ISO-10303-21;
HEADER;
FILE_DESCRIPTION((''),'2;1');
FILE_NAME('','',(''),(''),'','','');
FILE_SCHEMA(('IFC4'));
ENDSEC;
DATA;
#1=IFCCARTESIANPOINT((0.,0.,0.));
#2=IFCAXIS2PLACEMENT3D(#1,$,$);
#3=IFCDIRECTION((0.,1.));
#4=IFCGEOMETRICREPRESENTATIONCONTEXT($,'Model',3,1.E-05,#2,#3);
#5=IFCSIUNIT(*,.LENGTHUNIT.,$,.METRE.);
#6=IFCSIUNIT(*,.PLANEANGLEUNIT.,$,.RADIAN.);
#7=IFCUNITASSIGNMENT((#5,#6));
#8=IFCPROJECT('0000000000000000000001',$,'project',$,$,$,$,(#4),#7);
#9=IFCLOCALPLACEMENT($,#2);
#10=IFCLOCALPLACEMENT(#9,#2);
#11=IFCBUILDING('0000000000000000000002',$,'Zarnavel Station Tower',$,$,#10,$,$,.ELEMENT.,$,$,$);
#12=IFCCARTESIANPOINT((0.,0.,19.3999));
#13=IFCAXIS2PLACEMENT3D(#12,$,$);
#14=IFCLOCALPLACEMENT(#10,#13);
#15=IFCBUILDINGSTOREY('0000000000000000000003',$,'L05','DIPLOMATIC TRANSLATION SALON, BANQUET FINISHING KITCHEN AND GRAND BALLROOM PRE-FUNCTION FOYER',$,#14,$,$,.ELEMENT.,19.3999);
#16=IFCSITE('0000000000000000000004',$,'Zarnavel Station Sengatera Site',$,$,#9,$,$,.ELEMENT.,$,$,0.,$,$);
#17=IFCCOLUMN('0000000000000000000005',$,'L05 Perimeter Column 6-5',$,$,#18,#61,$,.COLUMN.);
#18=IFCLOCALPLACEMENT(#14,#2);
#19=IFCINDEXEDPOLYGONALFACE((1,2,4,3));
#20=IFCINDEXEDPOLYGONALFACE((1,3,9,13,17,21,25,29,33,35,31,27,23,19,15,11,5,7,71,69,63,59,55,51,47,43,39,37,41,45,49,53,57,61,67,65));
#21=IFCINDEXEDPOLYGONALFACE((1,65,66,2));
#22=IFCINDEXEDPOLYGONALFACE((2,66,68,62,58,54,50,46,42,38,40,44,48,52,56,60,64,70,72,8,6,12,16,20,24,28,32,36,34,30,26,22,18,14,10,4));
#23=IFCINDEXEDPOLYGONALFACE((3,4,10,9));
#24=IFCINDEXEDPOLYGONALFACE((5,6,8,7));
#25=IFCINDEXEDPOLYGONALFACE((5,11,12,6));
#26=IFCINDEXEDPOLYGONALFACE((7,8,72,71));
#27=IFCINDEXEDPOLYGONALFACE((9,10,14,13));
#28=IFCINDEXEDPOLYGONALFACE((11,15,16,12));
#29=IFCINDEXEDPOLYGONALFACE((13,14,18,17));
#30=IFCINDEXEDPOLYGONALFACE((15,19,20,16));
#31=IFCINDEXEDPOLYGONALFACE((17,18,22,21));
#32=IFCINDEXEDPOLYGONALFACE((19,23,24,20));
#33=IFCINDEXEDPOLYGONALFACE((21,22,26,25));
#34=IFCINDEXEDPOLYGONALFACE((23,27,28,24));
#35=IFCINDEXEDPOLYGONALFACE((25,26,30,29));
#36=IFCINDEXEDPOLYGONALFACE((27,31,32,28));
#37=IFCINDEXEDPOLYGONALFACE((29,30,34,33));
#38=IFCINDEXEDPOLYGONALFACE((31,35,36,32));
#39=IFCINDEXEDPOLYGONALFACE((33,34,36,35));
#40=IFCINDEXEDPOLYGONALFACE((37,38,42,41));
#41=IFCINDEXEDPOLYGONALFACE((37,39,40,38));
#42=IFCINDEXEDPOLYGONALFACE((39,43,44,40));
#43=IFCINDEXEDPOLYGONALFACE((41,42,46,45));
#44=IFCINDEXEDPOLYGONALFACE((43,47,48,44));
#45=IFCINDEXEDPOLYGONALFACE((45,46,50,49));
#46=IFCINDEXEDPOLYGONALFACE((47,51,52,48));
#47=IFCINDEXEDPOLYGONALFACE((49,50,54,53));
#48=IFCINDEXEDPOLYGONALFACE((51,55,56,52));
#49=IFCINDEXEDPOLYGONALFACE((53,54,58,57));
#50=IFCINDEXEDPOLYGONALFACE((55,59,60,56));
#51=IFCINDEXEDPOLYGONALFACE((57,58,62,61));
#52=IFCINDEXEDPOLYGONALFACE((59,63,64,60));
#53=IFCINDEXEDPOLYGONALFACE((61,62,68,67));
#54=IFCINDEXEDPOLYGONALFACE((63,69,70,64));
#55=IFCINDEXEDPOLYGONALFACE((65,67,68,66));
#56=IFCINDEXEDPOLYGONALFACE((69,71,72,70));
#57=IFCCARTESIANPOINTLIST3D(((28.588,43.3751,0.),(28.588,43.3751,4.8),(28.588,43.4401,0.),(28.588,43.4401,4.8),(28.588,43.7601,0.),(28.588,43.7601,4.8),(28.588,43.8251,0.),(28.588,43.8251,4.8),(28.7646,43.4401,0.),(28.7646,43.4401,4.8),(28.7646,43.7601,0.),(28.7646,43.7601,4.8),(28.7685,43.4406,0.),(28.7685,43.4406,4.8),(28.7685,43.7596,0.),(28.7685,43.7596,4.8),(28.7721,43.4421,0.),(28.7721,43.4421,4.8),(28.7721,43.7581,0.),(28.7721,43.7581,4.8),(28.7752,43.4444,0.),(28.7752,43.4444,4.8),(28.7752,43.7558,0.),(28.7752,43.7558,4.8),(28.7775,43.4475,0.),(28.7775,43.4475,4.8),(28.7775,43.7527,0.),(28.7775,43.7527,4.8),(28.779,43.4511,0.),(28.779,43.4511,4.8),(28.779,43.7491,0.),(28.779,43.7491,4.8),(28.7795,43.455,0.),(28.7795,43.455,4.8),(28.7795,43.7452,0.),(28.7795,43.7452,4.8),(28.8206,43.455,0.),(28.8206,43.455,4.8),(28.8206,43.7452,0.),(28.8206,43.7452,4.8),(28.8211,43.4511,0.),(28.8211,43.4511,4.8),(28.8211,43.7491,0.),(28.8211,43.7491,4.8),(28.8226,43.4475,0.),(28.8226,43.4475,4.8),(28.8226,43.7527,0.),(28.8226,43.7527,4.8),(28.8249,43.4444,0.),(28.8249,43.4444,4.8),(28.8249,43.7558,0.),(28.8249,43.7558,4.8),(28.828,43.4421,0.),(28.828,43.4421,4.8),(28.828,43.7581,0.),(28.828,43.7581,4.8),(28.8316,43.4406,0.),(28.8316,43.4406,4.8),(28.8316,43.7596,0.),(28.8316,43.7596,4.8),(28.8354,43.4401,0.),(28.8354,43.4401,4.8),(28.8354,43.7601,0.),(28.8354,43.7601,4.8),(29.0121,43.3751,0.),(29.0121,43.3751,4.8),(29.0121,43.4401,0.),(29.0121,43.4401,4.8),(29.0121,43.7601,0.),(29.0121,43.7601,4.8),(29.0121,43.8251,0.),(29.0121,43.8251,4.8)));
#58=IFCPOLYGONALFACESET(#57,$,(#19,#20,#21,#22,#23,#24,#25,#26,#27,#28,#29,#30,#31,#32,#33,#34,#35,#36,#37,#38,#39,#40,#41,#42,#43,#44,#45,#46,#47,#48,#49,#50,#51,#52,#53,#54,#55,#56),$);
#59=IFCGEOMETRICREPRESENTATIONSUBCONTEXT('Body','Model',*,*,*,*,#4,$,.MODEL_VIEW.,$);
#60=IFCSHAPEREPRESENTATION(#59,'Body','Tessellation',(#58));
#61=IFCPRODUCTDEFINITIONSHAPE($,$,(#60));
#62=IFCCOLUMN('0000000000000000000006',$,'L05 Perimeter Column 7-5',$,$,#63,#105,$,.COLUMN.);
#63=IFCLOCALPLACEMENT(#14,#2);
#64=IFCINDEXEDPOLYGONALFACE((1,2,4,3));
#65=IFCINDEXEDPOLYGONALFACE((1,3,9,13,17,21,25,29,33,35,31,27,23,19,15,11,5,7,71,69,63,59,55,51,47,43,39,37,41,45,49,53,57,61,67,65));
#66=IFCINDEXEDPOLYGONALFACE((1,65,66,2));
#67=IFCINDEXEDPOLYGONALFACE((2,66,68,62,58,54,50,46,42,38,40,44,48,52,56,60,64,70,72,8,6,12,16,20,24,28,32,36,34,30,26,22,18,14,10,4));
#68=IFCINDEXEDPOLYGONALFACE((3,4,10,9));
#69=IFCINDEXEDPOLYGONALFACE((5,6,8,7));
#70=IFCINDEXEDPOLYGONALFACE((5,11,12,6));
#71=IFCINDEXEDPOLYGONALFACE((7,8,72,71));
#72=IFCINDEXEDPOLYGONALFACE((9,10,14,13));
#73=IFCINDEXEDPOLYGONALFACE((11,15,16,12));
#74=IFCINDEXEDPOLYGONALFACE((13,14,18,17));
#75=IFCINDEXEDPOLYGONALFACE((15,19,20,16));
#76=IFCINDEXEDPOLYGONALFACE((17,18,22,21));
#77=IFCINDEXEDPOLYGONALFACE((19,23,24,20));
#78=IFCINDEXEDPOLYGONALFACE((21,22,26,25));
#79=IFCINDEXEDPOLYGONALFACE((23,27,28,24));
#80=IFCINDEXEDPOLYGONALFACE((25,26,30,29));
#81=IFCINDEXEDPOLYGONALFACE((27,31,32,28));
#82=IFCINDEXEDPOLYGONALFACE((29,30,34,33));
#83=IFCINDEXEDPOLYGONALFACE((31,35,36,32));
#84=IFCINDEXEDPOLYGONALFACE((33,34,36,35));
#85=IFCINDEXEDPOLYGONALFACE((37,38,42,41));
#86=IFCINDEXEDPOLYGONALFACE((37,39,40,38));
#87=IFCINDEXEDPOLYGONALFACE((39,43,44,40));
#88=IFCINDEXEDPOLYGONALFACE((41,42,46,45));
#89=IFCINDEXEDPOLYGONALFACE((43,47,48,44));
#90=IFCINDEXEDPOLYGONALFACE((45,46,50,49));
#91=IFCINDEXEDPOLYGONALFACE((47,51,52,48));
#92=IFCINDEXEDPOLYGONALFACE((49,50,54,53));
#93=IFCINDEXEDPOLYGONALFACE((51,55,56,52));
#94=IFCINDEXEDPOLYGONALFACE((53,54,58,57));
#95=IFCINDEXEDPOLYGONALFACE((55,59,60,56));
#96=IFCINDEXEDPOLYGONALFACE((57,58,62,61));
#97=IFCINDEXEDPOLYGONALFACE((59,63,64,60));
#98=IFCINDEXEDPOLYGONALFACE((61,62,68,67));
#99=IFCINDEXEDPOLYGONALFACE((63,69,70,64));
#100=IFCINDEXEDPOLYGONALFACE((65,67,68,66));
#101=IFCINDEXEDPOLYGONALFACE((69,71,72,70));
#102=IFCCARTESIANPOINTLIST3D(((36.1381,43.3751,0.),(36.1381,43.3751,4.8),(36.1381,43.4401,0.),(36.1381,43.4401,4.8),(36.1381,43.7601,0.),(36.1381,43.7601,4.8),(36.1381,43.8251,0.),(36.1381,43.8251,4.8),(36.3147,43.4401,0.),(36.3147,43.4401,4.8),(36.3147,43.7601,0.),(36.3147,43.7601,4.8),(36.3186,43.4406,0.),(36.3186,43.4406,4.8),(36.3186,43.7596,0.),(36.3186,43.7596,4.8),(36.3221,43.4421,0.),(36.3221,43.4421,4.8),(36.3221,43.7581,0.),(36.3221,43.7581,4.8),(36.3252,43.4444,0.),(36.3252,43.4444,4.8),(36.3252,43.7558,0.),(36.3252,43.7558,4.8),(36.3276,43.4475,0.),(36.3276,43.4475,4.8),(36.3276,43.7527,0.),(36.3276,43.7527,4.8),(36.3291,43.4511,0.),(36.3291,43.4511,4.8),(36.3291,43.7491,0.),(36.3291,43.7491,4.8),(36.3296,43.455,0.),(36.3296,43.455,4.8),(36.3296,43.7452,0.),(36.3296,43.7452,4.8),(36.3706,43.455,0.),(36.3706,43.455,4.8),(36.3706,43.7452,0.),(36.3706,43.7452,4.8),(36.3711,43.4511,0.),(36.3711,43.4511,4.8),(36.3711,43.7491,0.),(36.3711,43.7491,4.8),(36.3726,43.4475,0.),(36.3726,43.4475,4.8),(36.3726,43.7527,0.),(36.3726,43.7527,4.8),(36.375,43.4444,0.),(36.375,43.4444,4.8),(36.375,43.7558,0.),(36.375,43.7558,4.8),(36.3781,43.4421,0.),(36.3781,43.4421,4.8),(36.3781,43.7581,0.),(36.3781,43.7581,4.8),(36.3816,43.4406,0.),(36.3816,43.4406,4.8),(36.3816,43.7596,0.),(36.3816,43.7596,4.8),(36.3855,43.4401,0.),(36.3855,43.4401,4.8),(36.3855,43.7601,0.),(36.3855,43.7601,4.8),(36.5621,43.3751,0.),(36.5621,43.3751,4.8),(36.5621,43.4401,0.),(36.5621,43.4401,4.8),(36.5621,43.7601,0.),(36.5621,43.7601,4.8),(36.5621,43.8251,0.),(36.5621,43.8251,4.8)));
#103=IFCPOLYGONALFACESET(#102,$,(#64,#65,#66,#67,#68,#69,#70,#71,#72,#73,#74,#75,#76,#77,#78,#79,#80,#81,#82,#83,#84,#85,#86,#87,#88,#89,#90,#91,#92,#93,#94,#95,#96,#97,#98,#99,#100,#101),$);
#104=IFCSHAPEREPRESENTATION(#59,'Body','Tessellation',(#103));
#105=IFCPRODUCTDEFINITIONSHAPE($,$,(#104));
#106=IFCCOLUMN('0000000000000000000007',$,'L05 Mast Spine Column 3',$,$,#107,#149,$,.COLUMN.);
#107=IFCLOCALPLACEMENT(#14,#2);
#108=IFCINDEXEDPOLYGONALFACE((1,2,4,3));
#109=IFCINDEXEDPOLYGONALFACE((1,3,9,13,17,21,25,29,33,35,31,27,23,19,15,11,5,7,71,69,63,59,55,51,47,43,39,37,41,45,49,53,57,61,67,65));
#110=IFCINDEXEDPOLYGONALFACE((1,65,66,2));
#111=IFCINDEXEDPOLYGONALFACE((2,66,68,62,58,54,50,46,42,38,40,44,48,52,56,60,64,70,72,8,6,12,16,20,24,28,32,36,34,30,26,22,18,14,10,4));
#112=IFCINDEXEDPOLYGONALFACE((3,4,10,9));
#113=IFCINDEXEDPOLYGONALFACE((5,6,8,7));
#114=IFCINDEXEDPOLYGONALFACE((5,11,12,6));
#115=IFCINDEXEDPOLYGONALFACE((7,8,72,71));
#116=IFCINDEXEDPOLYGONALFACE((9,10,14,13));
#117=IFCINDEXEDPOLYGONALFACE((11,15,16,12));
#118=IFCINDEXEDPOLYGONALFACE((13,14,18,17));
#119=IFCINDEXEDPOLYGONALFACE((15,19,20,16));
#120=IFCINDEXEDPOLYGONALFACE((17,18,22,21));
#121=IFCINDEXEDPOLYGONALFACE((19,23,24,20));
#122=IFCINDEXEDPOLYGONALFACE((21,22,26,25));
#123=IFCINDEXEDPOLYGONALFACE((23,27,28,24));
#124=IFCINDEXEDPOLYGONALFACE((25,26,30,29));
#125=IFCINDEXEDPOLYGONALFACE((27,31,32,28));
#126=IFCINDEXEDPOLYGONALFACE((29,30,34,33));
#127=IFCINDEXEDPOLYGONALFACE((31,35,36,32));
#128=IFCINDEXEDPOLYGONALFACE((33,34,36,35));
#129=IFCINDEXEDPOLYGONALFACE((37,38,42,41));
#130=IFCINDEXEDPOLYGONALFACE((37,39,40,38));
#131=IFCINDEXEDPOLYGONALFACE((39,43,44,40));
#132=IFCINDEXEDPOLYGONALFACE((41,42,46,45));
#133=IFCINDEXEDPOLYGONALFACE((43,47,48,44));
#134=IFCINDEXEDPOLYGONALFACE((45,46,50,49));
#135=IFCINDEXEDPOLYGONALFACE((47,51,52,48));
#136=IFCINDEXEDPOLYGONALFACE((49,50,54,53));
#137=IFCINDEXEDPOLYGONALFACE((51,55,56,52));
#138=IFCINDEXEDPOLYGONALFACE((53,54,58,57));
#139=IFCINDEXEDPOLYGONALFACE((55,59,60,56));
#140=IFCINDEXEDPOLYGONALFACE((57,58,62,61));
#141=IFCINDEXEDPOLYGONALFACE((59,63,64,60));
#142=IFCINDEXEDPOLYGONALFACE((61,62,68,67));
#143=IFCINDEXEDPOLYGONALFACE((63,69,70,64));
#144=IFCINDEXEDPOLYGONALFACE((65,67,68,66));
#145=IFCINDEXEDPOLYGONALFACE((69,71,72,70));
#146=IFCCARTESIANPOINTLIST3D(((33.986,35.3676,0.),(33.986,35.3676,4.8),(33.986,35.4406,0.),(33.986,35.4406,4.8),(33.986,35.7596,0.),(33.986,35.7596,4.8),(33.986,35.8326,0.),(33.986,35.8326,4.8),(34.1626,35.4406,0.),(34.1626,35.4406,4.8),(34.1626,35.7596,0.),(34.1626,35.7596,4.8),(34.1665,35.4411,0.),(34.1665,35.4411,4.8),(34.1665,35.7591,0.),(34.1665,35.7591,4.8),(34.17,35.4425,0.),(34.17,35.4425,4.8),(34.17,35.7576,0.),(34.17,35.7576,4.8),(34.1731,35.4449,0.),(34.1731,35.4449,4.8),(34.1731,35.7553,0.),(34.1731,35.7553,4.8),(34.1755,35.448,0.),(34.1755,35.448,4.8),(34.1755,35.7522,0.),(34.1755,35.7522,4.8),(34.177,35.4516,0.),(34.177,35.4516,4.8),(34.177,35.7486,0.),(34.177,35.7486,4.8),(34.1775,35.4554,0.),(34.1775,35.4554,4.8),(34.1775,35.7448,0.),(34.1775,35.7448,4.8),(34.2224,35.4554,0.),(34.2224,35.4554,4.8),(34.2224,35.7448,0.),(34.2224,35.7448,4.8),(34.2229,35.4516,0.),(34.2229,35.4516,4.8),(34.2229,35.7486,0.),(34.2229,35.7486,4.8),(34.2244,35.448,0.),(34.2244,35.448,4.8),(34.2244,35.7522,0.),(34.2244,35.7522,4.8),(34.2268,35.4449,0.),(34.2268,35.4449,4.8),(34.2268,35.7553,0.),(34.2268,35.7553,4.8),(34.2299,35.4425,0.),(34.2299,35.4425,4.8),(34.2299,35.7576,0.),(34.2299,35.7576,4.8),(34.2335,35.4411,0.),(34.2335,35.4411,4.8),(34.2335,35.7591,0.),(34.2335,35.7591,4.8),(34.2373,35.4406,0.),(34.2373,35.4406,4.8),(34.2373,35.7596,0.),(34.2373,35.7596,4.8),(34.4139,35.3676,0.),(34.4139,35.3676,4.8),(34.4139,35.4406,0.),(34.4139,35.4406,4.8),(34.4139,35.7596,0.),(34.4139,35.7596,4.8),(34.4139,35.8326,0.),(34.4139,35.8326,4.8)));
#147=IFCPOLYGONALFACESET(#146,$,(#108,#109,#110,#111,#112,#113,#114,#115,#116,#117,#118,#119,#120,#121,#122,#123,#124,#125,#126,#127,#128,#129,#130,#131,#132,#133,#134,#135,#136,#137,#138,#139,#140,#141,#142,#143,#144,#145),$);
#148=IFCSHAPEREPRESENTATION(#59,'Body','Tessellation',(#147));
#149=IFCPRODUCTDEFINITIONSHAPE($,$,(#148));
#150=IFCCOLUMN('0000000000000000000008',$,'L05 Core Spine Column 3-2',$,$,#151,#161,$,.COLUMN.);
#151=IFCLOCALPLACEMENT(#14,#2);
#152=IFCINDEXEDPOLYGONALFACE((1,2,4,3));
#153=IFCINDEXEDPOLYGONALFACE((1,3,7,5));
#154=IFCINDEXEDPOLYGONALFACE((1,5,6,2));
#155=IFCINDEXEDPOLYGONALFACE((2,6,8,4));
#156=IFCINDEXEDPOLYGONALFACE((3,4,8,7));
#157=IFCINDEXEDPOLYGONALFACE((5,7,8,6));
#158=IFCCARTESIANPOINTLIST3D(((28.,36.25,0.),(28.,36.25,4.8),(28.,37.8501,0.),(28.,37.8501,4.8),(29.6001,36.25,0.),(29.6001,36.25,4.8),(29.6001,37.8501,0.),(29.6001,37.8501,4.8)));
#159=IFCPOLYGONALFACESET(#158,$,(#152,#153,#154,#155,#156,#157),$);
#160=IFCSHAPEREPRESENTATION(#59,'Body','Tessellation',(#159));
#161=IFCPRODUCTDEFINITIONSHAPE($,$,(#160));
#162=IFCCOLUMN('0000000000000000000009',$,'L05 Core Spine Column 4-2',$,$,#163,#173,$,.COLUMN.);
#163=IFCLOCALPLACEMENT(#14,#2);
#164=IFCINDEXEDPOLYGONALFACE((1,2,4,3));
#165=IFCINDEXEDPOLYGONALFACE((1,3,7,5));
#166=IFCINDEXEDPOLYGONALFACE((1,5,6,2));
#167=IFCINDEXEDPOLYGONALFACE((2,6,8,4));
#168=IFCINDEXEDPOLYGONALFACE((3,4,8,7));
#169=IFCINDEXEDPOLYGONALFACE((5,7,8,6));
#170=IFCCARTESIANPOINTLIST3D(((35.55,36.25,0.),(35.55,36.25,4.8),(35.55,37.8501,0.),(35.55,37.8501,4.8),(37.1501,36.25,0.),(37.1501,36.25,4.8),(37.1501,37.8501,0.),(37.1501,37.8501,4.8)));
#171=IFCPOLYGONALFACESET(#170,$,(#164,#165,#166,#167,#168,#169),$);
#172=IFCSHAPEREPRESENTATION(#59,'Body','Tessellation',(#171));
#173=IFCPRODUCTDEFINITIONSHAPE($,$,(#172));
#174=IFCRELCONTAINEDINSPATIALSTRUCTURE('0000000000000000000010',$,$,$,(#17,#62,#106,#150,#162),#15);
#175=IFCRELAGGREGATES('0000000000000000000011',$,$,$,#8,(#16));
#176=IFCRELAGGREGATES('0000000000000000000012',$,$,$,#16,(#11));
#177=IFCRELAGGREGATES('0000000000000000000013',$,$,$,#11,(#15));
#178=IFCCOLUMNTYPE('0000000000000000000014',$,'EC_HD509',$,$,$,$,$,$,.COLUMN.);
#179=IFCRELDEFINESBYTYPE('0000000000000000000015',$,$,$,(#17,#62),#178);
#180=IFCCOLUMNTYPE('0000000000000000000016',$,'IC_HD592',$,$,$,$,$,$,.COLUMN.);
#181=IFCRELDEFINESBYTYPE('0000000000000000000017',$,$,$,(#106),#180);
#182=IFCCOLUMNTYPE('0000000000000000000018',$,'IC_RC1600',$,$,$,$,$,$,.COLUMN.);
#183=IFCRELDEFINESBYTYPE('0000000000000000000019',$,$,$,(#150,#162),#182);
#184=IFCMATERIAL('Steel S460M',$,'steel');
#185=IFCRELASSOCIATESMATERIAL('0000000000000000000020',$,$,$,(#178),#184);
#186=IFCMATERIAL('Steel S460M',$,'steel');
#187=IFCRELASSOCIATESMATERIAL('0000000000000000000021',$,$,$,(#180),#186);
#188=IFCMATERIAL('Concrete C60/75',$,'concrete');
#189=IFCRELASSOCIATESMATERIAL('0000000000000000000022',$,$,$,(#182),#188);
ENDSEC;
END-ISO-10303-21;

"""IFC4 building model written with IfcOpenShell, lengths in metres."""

from ifc_helpers import new_model, si_unit, direction, frame, origin, origin_2d, place, context, subcontext, project, spatial, rectangle, i_section, extrude, material, material_profile, profile_set, type_object, element, save


model = new_model("IFC4")

# Units and contexts
model_context = context("Model", 3, precision=1e-05, world=origin(), true_north=direction((0.0, 1.0)))
body_context = subcontext(model_context, "Body", "Model", "MODEL_VIEW")
ifc_project = project(units=[si_unit("LENGTHUNIT", "METRE"), si_unit("PLANEANGLEUNIT", "RADIAN")], contexts=[model_context])

# Site, building, storey
site_placement = place(None, origin())
site = spatial("IfcSite", under=ifc_project, at=site_placement, Name="Zarnavel Station Sengatera Site", CompositionType="ELEMENT", RefElevation=0.0)
building_placement = place(site_placement, origin())
building = spatial("IfcBuilding", under=site, at=building_placement, Name="Zarnavel Station Tower", CompositionType="ELEMENT")
storey_placement = place(building_placement, frame((0.0, 0.0, 19.3999)))
storey = spatial("IfcBuildingStorey", under=building, at=storey_placement, Name="L05", Description="DIPLOMATIC TRANSLATION SALON, BANQUET FINISHING KITCHEN AND GRAND BALLROOM PRE-FUNCTION FOYER", CompositionType="ELEMENT", Elevation=19.3999)

# Columns
ifc_material_1 = material(Name="Steel S460M", Category="steel")
ifc_material_profile_1 = material_profile(ifc_material_1, i_section(OverallWidth=0.4241, OverallDepth=0.45, WebThickness=0.041, FlangeThickness=0.0649, FilletRadius=0.0149, at=origin_2d()), Name="HD400x509")
ifc_profile_set_1 = profile_set([ifc_material_profile_1], Name="Steel S460M")
column_type_1 = type_object("IfcColumnType", Name="EC_HD509", PredefinedType="COLUMN", material=ifc_profile_set_1)
for number, where, z_axis, x_axis, name in (
    (1, (28.8, 43.6001, 0.0), (0.0, 0.0, 1.0), (1.0, 0.0, 0.0), "L05 Perimeter Column 6-5"),
    (2, (36.3501, 43.6001, 0.0), (0.0, 0.0, 1.0), (1.0, 0.0, 0.0), "L05 Perimeter Column 7-5"),
):
    element("IfcColumn", number, at=place(storey_placement, frame(where, z_axis=z_axis, x_axis=x_axis)), inside=storey, type_object=column_type_1, Name=name, PredefinedType="COLUMN", context=body_context, shape_type="SweptSolid", body=[
        extrude(i_section(OverallWidth=0.4241, OverallDepth=0.45, WebThickness=0.041, FlangeThickness=0.0649, FilletRadius=0.0149, at=origin_2d()), origin(), (0.0, 0.0, 1.0), 4.8),
    ])
ifc_material_2 = material(Name="Steel S460M", Category="steel")
ifc_material_profile_2 = material_profile(ifc_material_2, i_section(OverallWidth=0.428, OverallDepth=0.4651, WebThickness=0.0449, FlangeThickness=0.073, FilletRadius=0.0149, at=origin_2d()), Name="HD400x592")
ifc_profile_set_2 = profile_set([ifc_material_profile_2], Name="Steel S460M")
column_type_2 = type_object("IfcColumnType", Name="IC_HD592", PredefinedType="COLUMN", material=ifc_profile_set_2)
column_placement = place(storey_placement, frame((34.2, 35.6001, 0.0), z_axis=(0.0, 0.0, 1.0), x_axis=(1.0, 0.0, 0.0)))
element("IfcColumn", 3, at=column_placement, inside=storey, type_object=column_type_2, Name="L05 Mast Spine Column 3", PredefinedType="COLUMN", context=body_context, shape_type="SweptSolid", body=[
    extrude(i_section(OverallWidth=0.428, OverallDepth=0.4651, WebThickness=0.0449, FlangeThickness=0.073, FilletRadius=0.0149, at=origin_2d()), origin(), (0.0, 0.0, 1.0), 4.8),
])
ifc_material_3 = material(Name="Concrete C60/75", Category="concrete")
ifc_material_profile_3 = material_profile(ifc_material_3, rectangle(XDim=1.6001, YDim=1.6001, at=origin_2d()), Name="RC1600x1600")
ifc_profile_set_3 = profile_set([ifc_material_profile_3], Name="Concrete C60/75")
column_type_3 = type_object("IfcColumnType", Name="IC_RC1600", PredefinedType="COLUMN", material=ifc_profile_set_3)
for number, where, z_axis, x_axis, name in (
    (4, (28.8, 37.05, 0.0), (0.0, 0.0, 1.0), (1.0, 0.0, 0.0), "L05 Core Spine Column 3-2"),
    (5, (36.3501, 37.05, 0.0), (0.0, 0.0, 1.0), (1.0, 0.0, 0.0), "L05 Core Spine Column 4-2"),
):
    element("IfcColumn", number, at=place(storey_placement, frame(where, z_axis=z_axis, x_axis=x_axis)), inside=storey, type_object=column_type_3, Name=name, PredefinedType="COLUMN", context=body_context, shape_type="SweptSolid", body=[
        extrude(rectangle(XDim=1.6001, YDim=1.6001, at=origin_2d()), origin(), (0.0, 0.0, 1.0), 4.8),
    ])

save(model, "model.ifc")
